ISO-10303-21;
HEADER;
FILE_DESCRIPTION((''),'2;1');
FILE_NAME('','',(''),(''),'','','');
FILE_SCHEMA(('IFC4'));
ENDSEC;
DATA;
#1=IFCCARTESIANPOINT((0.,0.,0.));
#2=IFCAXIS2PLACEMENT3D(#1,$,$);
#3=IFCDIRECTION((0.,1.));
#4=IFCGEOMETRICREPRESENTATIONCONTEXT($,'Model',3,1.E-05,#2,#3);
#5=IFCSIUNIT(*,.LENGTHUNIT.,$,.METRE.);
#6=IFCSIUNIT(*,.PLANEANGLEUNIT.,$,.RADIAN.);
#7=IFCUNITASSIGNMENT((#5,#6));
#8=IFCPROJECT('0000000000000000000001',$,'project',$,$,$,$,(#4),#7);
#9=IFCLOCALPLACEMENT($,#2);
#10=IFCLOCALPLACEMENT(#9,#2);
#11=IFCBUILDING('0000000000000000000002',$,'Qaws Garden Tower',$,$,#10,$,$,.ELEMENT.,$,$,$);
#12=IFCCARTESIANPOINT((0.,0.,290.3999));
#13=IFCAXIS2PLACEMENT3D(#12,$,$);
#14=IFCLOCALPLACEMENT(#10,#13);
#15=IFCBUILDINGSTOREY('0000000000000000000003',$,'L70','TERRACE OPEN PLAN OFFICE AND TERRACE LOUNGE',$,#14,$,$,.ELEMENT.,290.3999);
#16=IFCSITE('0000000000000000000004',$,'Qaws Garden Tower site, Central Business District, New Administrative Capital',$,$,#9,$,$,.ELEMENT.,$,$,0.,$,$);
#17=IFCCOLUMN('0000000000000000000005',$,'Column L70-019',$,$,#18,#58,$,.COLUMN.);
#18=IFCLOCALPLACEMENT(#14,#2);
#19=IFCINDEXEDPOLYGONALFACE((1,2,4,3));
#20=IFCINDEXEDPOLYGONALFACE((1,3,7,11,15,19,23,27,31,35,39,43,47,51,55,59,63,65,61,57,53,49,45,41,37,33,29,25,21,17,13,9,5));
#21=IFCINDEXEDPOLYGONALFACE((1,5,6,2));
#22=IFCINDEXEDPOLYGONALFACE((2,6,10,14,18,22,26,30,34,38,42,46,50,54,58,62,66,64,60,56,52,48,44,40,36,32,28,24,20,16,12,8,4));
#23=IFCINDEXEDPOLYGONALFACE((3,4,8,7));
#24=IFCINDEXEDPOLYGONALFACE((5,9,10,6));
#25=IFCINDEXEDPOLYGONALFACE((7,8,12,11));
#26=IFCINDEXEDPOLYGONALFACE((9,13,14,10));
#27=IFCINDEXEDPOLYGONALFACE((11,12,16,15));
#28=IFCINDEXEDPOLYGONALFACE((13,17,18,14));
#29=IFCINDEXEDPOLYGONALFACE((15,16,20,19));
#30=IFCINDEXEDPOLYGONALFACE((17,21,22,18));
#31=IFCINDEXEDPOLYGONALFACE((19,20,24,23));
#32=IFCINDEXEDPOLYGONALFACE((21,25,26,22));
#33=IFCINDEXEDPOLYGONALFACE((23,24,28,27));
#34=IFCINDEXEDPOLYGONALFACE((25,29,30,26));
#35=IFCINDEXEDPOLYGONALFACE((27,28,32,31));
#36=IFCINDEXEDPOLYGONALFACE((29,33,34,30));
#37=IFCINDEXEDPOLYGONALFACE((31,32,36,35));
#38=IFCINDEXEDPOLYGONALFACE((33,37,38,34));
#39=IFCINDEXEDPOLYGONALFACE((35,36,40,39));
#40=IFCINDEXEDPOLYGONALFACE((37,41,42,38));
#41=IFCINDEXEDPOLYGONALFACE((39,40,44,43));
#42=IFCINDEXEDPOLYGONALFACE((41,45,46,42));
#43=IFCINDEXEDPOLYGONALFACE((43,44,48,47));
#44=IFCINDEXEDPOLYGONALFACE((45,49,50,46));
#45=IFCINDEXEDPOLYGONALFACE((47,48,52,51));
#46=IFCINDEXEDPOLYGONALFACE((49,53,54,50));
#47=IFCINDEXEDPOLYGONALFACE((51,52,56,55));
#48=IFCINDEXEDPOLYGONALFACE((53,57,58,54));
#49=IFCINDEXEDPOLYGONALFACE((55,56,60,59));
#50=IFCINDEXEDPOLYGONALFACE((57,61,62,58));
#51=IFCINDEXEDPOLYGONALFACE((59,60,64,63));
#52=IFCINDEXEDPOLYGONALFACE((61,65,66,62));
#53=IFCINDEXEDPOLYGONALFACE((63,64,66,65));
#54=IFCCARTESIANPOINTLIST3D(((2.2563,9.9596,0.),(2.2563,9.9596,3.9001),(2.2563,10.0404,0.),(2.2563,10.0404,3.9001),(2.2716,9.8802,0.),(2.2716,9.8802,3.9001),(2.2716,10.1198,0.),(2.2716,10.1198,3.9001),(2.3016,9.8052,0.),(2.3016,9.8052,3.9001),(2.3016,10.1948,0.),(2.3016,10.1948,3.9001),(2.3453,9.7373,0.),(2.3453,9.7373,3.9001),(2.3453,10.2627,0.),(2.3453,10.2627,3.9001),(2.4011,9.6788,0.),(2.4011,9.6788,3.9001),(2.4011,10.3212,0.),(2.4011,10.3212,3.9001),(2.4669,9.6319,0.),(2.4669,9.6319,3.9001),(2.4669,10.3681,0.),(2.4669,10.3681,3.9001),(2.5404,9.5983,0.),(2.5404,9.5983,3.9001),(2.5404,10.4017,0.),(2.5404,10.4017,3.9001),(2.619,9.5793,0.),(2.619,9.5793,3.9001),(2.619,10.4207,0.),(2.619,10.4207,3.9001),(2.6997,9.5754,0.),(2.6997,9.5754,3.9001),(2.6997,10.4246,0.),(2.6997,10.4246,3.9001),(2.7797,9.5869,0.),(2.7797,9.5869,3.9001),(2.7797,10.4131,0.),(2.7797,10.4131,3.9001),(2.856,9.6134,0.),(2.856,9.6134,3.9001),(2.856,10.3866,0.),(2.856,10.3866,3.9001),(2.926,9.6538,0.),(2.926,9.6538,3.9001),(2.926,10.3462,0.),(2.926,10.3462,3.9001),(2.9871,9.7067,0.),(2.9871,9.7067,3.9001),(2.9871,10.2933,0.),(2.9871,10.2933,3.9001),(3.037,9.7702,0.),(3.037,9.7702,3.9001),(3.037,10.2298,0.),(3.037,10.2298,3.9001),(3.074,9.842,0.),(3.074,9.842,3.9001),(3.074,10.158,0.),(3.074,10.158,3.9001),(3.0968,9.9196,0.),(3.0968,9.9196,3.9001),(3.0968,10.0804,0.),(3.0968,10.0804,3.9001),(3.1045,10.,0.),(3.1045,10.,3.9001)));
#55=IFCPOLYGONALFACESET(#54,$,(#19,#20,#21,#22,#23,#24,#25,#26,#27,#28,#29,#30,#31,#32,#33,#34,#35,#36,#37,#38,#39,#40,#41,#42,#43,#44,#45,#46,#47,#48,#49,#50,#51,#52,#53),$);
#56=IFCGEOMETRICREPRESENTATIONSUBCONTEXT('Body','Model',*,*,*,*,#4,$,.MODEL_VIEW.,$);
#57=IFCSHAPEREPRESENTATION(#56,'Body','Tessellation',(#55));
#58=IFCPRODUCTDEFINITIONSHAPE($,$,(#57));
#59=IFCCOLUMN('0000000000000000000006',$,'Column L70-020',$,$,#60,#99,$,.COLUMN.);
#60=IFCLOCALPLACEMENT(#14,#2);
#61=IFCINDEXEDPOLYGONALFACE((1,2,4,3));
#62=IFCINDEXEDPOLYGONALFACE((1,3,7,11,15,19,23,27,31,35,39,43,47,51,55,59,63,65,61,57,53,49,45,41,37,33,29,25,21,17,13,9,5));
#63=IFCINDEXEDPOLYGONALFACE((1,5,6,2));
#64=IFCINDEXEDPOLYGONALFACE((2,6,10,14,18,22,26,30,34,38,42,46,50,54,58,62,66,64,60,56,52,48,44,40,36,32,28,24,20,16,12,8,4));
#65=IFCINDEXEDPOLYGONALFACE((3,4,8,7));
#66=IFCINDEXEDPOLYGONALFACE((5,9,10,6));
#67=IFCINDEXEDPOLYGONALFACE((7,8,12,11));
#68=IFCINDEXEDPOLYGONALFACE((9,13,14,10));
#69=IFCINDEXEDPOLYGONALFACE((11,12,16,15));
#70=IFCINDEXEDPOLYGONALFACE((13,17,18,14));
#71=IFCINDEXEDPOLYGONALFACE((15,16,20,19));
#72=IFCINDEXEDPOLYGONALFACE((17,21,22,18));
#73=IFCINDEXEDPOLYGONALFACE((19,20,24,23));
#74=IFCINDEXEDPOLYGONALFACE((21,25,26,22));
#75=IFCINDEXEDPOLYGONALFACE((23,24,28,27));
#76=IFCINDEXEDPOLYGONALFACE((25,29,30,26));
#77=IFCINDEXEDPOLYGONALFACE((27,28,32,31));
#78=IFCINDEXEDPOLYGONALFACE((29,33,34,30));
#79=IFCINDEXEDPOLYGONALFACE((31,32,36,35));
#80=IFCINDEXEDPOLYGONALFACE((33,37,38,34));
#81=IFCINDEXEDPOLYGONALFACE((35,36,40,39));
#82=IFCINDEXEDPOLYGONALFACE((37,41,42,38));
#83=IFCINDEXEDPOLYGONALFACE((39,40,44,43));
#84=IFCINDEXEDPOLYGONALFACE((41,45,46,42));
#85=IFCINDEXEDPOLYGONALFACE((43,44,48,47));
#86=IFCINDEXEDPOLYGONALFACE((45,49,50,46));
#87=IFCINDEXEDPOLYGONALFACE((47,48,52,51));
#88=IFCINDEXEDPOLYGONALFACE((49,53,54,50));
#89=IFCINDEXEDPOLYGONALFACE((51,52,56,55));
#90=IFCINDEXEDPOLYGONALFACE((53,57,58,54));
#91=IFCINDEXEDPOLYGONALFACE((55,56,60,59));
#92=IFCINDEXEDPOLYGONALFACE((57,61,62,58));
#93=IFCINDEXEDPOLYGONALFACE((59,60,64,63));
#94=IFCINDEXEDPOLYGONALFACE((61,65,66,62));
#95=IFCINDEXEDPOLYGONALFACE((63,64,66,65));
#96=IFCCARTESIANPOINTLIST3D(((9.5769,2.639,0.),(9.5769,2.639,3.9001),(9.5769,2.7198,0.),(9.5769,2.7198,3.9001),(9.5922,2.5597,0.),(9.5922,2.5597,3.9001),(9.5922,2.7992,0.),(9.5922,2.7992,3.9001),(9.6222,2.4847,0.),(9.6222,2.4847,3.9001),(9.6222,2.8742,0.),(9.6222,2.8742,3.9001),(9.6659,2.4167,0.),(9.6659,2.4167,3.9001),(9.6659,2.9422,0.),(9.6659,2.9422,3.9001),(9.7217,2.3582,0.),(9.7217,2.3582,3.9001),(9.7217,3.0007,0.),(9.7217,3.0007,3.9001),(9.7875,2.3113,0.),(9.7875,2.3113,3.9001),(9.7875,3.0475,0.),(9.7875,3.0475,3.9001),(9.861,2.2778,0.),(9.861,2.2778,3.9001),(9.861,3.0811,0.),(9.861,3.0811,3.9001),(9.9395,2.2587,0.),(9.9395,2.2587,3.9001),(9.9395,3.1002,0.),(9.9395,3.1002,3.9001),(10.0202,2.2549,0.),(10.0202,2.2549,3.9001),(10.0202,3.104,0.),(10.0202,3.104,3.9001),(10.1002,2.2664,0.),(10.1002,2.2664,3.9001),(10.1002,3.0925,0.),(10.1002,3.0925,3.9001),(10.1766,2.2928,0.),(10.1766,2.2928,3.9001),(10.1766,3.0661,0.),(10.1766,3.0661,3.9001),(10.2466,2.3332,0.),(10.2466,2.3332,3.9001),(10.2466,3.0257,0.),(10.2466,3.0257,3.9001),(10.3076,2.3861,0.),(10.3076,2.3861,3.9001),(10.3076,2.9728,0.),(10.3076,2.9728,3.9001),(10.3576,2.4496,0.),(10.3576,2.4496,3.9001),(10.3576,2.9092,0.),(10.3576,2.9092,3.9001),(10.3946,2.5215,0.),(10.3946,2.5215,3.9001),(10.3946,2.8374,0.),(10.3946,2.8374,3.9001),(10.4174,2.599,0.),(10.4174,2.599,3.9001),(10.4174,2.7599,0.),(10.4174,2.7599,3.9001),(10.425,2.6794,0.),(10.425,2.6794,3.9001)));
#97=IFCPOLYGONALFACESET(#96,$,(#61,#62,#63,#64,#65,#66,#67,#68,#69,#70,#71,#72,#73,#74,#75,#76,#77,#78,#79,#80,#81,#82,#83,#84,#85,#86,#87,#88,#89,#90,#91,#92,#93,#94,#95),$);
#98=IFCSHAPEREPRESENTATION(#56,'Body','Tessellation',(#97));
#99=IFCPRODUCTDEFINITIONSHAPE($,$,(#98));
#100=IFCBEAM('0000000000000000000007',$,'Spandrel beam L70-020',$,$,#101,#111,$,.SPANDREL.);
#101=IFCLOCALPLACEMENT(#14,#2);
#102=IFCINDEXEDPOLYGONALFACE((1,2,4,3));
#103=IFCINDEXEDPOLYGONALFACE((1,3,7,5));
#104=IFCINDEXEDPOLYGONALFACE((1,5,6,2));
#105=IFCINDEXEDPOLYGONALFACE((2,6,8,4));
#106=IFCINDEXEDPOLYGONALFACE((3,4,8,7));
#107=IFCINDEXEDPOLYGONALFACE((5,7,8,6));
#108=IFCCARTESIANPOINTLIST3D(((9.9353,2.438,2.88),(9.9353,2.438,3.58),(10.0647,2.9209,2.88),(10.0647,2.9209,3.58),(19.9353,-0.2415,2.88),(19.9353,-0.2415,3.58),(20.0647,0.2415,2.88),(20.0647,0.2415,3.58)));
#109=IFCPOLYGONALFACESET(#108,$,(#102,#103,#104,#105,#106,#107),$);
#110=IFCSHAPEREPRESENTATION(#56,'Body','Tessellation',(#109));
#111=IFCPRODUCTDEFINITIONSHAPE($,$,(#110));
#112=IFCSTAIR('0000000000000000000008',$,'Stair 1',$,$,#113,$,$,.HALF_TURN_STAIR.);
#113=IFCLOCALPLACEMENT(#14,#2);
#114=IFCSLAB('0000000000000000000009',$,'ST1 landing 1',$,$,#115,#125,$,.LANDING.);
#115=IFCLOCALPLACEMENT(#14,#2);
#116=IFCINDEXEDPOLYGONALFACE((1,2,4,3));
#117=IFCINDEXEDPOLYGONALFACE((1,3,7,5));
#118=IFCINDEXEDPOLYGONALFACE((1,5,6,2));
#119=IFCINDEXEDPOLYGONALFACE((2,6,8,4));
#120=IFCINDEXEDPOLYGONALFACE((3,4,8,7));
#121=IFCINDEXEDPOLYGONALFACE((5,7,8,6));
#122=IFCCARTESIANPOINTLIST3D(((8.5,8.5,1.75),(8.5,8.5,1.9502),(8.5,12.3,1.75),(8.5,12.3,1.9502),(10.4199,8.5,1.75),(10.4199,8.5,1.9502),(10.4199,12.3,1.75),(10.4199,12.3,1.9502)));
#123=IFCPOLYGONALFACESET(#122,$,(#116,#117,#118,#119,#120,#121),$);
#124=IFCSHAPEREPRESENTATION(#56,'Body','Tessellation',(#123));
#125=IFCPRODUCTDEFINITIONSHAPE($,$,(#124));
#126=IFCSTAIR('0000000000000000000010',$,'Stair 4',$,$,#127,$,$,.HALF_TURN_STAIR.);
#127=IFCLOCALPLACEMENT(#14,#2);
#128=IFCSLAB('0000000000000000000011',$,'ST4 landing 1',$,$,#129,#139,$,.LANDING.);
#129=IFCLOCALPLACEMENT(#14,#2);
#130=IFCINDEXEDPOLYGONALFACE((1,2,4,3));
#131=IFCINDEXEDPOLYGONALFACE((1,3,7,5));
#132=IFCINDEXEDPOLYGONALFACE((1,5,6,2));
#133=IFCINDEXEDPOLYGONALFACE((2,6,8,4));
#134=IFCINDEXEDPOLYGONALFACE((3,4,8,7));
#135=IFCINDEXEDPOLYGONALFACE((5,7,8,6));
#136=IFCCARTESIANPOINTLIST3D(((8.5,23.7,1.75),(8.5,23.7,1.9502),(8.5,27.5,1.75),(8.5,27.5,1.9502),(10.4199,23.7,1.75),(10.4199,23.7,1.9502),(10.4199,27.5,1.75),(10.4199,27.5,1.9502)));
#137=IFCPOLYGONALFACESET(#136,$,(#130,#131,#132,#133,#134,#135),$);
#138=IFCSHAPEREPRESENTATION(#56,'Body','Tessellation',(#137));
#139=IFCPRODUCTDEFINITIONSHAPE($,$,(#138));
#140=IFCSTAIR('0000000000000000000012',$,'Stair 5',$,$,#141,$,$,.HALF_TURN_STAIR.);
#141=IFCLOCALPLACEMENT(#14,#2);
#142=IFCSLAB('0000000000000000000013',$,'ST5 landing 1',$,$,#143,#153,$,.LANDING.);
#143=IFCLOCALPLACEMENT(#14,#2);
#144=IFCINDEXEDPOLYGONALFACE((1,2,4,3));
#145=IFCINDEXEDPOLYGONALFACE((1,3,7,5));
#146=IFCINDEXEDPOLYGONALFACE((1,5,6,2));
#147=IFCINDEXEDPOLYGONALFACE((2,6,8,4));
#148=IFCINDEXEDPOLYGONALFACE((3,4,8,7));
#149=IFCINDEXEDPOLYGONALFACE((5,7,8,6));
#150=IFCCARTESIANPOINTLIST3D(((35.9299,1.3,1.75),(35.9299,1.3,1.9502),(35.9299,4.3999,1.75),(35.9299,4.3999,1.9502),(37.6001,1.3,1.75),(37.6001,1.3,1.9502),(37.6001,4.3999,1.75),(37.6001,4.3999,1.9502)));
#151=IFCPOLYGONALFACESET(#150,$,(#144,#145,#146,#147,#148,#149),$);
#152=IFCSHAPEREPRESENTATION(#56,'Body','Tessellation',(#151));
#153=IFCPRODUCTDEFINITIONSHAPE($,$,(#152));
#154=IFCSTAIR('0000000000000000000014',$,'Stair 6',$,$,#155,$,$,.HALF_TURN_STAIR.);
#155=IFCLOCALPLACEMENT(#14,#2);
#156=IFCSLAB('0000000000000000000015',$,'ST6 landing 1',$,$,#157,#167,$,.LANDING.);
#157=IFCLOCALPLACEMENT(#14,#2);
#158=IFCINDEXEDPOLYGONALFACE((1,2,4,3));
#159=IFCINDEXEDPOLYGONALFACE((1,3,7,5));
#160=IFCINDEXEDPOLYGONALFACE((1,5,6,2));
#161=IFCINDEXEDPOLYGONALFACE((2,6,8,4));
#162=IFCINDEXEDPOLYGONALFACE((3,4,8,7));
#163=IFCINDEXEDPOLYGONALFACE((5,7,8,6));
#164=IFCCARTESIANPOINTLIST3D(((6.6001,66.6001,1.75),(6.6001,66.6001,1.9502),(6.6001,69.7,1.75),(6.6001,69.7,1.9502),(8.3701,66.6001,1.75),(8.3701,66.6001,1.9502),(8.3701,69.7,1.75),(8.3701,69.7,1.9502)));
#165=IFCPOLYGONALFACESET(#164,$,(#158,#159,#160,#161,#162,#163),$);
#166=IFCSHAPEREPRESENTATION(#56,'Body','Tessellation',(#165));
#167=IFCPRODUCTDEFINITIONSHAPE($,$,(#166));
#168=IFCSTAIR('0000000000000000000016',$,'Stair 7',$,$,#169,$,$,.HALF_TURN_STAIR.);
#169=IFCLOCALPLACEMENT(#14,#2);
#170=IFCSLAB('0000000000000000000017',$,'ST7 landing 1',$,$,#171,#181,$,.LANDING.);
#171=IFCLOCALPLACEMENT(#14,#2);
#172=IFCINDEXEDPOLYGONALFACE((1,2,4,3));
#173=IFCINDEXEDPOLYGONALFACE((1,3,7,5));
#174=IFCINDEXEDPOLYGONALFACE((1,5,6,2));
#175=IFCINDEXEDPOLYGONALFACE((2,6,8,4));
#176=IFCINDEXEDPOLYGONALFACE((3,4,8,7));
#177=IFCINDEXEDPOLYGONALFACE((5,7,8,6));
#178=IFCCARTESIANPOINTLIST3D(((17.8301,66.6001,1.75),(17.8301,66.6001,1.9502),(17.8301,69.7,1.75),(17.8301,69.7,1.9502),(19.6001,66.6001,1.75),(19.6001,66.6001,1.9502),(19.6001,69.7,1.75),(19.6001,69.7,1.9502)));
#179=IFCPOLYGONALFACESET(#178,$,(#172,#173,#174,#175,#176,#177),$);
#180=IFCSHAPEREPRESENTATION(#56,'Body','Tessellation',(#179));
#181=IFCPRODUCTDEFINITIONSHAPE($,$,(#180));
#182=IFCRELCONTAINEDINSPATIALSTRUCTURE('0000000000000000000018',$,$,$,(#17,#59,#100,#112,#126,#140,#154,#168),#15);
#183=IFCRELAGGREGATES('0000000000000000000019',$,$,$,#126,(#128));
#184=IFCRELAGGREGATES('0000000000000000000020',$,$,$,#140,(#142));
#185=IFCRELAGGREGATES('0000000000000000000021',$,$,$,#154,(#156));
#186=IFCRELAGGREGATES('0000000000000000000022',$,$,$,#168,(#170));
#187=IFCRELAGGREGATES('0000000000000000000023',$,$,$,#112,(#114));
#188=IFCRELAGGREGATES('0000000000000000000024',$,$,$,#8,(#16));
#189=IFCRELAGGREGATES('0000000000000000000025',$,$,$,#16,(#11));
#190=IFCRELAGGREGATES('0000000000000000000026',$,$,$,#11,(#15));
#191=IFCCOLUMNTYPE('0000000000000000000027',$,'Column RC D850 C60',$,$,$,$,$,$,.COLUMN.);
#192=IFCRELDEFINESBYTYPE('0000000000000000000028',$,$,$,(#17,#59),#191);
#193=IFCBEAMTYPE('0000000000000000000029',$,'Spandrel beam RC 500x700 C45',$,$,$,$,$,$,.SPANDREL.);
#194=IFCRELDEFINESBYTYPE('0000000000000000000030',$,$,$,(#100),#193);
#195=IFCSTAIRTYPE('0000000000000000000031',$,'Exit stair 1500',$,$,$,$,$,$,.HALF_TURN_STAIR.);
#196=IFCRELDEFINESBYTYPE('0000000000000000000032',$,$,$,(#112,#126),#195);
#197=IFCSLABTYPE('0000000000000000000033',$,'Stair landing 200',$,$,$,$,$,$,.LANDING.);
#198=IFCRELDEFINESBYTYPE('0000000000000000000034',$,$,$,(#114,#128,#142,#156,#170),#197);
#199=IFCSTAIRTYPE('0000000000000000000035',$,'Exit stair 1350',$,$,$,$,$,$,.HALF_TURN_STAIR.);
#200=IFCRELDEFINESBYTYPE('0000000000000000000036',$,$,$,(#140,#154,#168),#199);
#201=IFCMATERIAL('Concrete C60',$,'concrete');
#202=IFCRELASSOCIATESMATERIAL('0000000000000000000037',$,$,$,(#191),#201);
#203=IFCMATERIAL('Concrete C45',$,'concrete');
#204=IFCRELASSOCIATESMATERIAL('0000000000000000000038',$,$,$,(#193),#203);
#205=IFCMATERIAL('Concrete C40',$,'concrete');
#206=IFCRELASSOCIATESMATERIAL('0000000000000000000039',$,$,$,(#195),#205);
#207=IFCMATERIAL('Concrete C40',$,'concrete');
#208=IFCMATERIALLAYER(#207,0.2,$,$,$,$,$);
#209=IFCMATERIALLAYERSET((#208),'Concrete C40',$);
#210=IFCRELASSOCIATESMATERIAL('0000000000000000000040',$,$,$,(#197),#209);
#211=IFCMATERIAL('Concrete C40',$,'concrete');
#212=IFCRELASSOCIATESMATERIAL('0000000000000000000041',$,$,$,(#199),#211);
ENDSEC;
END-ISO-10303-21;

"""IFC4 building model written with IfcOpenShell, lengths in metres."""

from ifc_helpers import new_model, si_unit, direction, frame, origin, origin_2d, place, context, subcontext, project, spatial, polyline, rectangle, circle, outline, extrude, material, layer, layer_set, material_profile, profile_set, type_object, element, aggregate, save


model = new_model("IFC4")

# Units and contexts
model_context = context("Model", 3, precision=1e-05, world=origin(), true_north=direction((0.0, 1.0)))
body_context = subcontext(model_context, "Body", "Model", "MODEL_VIEW")
ifc_project = project(units=[si_unit("LENGTHUNIT", "METRE"), si_unit("PLANEANGLEUNIT", "RADIAN")], contexts=[model_context])

# Site, building, storey
site_placement = place(None, origin())
site = spatial("IfcSite", under=ifc_project, at=site_placement, Name="Qaws Garden Tower site, Central Business District, New Administrative Capital", CompositionType="ELEMENT", RefElevation=0.0)
building_placement = place(site_placement, origin())
building = spatial("IfcBuilding", under=site, at=building_placement, Name="Qaws Garden Tower", CompositionType="ELEMENT")
storey_placement = place(building_placement, frame((0.0, 0.0, 290.3999)))
storey = spatial("IfcBuildingStorey", under=building, at=storey_placement, Name="L70", Description="TERRACE OPEN PLAN OFFICE AND TERRACE LOUNGE", CompositionType="ELEMENT", Elevation=290.3999)

# Columns
ifc_material_1 = material(Name="Concrete C60", Category="concrete")
ifc_material_profile_1 = material_profile(ifc_material_1, circle(Radius=0.425, at=origin_2d()), Name="RC D850")
ifc_profile_set_1 = profile_set([ifc_material_profile_1], Name="Concrete C60")
column_type = type_object("IfcColumnType", Name="Column RC D850 C60", PredefinedType="COLUMN", material=ifc_profile_set_1)
for number, where, z_axis, x_axis, name in (
    (1, (2.6794, 10.0, 0.0), (0.0, 0.0, 1.0), (1.0, 0.0, 0.0), "Column L70-019"),
    (2, (10.0, 2.6794, 0.0), (0.0, 0.0, 1.0), (1.0, 0.0, 0.0), "Column L70-020"),
):
    element("IfcColumn", number, at=place(storey_placement, frame(where, z_axis=z_axis, x_axis=x_axis)), inside=storey, type_object=column_type, Name=name, PredefinedType="COLUMN", context=body_context, shape_type="SweptSolid", body=[
        extrude(circle(Radius=0.425, at=origin_2d()), origin(), (0.0, 0.0, 1.0), 3.9001),
    ])

# Beam
ifc_material_2 = material(Name="Concrete C45", Category="concrete")
ifc_material_profile_2 = material_profile(ifc_material_2, rectangle(XDim=0.5, YDim=0.7, at=origin_2d()), Name="RC 500x700")
ifc_profile_set_2 = profile_set([ifc_material_profile_2], Name="Concrete C45")
beam_type = type_object("IfcBeamType", Name="Spandrel beam RC 500x700 C45", PredefinedType="SPANDREL", material=ifc_profile_set_2)
beam_placement = place(storey_placement, frame((10.0, 2.6794, 3.23), z_axis=(0.965927, -0.258815, 0.0), x_axis=(0.258815, 0.965927, 0.0)))
element("IfcBeam", 3, at=beam_placement, inside=storey, type_object=beam_type, Name="Spandrel beam L70-020", PredefinedType="SPANDREL", context=body_context, shape_type="SweptSolid", body=[
    extrude(rectangle(XDim=0.5, YDim=0.7, at=origin_2d()), origin(), (0.0, 0.0, 1.0), 10.3528),
])

# Stairs, slabs
ifc_material_3 = material(Name="Concrete C40", Category="concrete")
stair_type_1 = type_object("IfcStairType", Name="Exit stair 1500", PredefinedType="HALF_TURN_STAIR", material=ifc_material_3)
placement_1 = place(storey_placement, origin())
stair_1 = element("IfcStair", 4, at=placement_1, inside=storey, type_object=stair_type_1, Name="Stair 1", PredefinedType="HALF_TURN_STAIR")
ifc_material_4 = material(Name="Concrete C40", Category="concrete")
ifc_layer_1 = layer(ifc_material_4, 0.2)
ifc_layer_set_1 = layer_set([ifc_layer_1], Name="Concrete C40")
slab_type = type_object("IfcSlabType", Name="Stair landing 200", PredefinedType="LANDING", material=ifc_layer_set_1)
placement_2 = place(storey_placement, frame((0.0, 0.0, 1.75)))
slab_1 = element("IfcSlab", 5, at=placement_2, type_object=slab_type, Name="ST1 landing 1", PredefinedType="LANDING", context=body_context, shape_type="SweptSolid", body=[
    extrude(outline(polyline([(8.5, 8.5), (10.4199, 8.5), (10.4199, 12.3), (8.5, 12.3), (8.5, 8.5)])), origin(), (0.0, 0.0, 1.0), 0.2002),
])
stair_2 = element("IfcStair", 6, at=placement_1, inside=storey, type_object=stair_type_1, Name="Stair 4", PredefinedType="HALF_TURN_STAIR")
slab_2 = element("IfcSlab", 7, at=placement_2, type_object=slab_type, Name="ST4 landing 1", PredefinedType="LANDING", context=body_context, shape_type="SweptSolid", body=[
    extrude(outline(polyline([(8.5, 23.7), (10.4199, 23.7), (10.4199, 27.5), (8.5, 27.5), (8.5, 23.7)])), origin(), (0.0, 0.0, 1.0), 0.2002),
])
aggregate(stair_2, [slab_2])
ifc_material_5 = material(Name="Concrete C40", Category="concrete")
stair_type_2 = type_object("IfcStairType", Name="Exit stair 1350", PredefinedType="HALF_TURN_STAIR", material=ifc_material_5)
stair_3 = element("IfcStair", 8, at=placement_1, inside=storey, type_object=stair_type_2, Name="Stair 5", PredefinedType="HALF_TURN_STAIR")
slab_3 = element("IfcSlab", 9, at=placement_2, type_object=slab_type, Name="ST5 landing 1", PredefinedType="LANDING", context=body_context, shape_type="SweptSolid", body=[
    extrude(outline(polyline([(35.9299, 1.3), (37.6001, 1.3), (37.6001, 4.3999), (35.9299, 4.3999), (35.9299, 1.3)])), origin(), (0.0, 0.0, 1.0), 0.2002),
])
aggregate(stair_3, [slab_3])
stair_4 = element("IfcStair", 10, at=placement_1, inside=storey, type_object=stair_type_2, Name="Stair 6", PredefinedType="HALF_TURN_STAIR")
slab_4 = element("IfcSlab", 11, at=placement_2, type_object=slab_type, Name="ST6 landing 1", PredefinedType="LANDING", context=body_context, shape_type="SweptSolid", body=[
    extrude(outline(polyline([(6.6001, 66.6001), (8.3701, 66.6001), (8.3701, 69.7), (6.6001, 69.7), (6.6001, 66.6001)])), origin(), (0.0, 0.0, 1.0), 0.2002),
])
aggregate(stair_4, [slab_4])
stair_5 = element("IfcStair", 12, at=placement_1, inside=storey, type_object=stair_type_2, Name="Stair 7", PredefinedType="HALF_TURN_STAIR")
slab_5 = element("IfcSlab", 13, at=placement_2, type_object=slab_type, Name="ST7 landing 1", PredefinedType="LANDING", context=body_context, shape_type="SweptSolid", body=[
    extrude(outline(polyline([(17.8301, 66.6001), (19.6001, 66.6001), (19.6001, 69.7), (17.8301, 69.7), (17.8301, 66.6001)])), origin(), (0.0, 0.0, 1.0), 0.2002),
])
aggregate(stair_5, [slab_5])

aggregate(stair_1, [slab_1])

save(model, "model.ifc")
